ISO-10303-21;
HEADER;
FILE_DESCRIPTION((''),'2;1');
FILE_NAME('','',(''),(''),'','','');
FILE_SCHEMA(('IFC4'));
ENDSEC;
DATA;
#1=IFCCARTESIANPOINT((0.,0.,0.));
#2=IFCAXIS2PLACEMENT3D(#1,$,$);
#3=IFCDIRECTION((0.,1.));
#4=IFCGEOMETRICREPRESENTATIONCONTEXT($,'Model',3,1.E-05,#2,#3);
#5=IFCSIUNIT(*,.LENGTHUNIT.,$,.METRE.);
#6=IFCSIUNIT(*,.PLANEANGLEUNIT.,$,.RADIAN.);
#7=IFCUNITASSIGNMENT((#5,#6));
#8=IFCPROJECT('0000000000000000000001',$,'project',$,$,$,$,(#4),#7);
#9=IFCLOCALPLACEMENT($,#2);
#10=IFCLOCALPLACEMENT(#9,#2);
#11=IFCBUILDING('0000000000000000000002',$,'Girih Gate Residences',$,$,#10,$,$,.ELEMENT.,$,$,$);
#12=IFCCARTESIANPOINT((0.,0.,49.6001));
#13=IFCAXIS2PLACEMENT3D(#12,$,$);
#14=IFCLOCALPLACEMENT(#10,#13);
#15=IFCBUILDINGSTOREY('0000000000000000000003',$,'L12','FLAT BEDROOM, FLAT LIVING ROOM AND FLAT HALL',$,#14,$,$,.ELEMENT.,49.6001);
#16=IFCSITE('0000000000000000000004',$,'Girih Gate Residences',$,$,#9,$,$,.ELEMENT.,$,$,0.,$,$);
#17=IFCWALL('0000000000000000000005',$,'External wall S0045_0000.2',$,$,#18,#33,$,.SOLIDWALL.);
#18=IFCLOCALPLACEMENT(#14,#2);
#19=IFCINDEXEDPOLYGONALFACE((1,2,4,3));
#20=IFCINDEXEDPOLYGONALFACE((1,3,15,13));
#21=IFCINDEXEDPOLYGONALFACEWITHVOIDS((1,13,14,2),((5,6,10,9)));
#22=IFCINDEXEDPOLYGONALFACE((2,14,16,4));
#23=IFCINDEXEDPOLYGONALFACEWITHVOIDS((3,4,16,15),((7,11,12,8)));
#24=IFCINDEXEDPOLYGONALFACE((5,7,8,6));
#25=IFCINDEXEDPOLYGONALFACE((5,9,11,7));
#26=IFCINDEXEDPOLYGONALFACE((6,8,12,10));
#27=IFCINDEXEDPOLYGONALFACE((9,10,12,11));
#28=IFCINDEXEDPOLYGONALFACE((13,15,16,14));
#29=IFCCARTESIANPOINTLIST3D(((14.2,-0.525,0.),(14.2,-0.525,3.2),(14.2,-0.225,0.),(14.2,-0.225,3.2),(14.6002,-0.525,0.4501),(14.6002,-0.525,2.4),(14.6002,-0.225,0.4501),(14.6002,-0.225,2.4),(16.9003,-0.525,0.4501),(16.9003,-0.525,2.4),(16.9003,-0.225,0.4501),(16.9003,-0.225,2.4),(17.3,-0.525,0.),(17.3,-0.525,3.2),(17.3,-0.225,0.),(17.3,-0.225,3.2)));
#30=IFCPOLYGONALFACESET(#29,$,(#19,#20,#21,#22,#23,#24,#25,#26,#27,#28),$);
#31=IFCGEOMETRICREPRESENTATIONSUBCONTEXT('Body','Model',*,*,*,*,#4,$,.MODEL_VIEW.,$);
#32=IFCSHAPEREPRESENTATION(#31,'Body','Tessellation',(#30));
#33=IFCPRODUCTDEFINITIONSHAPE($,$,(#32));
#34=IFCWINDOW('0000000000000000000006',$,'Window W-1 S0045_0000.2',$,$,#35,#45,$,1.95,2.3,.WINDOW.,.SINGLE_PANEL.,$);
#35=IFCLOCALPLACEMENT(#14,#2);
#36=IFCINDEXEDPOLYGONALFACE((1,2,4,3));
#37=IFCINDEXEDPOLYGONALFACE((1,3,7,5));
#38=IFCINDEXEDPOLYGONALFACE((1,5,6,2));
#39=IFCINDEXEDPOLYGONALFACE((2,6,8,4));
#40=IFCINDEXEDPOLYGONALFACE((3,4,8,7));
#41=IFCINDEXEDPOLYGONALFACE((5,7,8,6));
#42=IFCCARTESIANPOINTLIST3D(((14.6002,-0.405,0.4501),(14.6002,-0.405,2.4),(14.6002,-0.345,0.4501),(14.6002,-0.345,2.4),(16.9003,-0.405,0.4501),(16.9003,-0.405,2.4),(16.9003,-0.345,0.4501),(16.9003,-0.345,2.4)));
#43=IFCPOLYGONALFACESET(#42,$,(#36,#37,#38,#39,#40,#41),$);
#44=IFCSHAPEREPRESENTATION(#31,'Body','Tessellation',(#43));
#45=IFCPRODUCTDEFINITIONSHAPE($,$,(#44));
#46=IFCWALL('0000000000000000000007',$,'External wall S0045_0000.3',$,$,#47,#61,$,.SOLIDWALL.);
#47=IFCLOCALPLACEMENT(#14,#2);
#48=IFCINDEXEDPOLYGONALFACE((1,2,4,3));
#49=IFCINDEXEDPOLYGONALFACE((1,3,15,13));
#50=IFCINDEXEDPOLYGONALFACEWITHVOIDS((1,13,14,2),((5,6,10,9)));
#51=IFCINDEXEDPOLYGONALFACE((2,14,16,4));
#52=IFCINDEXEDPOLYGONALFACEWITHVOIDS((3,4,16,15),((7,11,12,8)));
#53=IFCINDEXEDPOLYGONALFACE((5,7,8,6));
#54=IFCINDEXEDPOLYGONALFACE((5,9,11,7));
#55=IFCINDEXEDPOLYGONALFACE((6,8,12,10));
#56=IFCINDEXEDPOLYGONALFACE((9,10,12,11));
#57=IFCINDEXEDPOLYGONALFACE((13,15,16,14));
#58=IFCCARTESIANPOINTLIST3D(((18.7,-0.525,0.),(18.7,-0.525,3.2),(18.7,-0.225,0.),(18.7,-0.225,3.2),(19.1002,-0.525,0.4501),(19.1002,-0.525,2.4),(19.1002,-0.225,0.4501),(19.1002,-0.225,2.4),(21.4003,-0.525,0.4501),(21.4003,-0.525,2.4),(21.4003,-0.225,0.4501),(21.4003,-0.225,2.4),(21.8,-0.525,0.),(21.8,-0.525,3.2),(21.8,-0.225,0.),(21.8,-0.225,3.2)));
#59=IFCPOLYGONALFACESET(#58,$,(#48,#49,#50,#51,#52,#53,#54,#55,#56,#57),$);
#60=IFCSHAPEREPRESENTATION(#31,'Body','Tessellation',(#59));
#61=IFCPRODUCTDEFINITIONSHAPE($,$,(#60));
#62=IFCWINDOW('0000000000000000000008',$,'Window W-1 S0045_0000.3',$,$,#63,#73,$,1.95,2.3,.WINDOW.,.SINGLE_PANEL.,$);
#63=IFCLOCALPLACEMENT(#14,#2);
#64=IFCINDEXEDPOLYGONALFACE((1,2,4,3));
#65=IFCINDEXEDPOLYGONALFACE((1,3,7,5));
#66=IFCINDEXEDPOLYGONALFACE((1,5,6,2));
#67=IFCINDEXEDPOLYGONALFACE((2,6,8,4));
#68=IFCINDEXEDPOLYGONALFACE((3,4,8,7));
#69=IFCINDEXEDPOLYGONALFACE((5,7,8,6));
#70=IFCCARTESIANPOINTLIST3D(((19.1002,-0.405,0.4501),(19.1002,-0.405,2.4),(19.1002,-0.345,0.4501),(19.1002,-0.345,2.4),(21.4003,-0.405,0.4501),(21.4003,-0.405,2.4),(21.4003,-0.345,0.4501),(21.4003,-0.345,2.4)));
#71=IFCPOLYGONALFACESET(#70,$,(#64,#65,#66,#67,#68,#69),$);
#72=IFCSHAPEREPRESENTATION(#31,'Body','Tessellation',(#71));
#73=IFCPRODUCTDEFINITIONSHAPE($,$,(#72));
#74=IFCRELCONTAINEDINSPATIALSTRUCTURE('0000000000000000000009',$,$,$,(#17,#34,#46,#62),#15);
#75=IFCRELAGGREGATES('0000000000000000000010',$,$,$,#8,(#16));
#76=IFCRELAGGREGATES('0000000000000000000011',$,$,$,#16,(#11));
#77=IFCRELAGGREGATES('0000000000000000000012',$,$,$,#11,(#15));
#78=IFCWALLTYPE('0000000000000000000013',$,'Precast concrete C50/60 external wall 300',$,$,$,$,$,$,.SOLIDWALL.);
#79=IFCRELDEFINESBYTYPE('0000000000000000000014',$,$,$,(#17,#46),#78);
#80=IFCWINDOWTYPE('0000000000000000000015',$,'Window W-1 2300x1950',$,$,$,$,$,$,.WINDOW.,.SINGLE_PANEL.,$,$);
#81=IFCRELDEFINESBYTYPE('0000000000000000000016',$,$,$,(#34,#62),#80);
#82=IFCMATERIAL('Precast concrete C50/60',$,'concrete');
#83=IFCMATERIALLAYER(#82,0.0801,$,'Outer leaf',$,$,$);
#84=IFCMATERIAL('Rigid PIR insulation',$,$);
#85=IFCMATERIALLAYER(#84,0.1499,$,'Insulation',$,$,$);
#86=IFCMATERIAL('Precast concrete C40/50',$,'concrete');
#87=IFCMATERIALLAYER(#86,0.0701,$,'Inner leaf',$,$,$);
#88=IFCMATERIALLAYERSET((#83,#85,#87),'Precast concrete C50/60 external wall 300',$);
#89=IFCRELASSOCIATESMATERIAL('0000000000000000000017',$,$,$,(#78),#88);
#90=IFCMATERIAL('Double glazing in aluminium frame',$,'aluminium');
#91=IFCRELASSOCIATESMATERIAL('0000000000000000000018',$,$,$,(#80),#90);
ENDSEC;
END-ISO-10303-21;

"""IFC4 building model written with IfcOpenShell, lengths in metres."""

from ifc_helpers import new_model, si_unit, direction, frame, frame_2d, origin, place, context, subcontext, project, spatial, rectangle, extrude, material, layer, layer_set, type_object, element, fill, save


model = new_model("IFC4")

# Units and contexts
model_context = context("Model", 3, precision=1e-05, world=origin(), true_north=direction((0.0, 1.0)))
body_context = subcontext(model_context, "Body", "Model", "MODEL_VIEW")
ifc_project = project(units=[si_unit("LENGTHUNIT", "METRE"), si_unit("PLANEANGLEUNIT", "RADIAN")], contexts=[model_context])

# Site, building, storey
site_placement = place(None, origin())
site = spatial("IfcSite", under=ifc_project, at=site_placement, Name="Girih Gate Residences", CompositionType="ELEMENT", RefElevation=0.0)
building_placement = place(site_placement, origin())
building = spatial("IfcBuilding", under=site, at=building_placement, Name="Girih Gate Residences", CompositionType="ELEMENT")
storey_placement = place(building_placement, frame((0.0, 0.0, 49.6001)))
storey = spatial("IfcBuildingStorey", under=building, at=storey_placement, Name="L12", Description="FLAT BEDROOM, FLAT LIVING ROOM AND FLAT HALL", CompositionType="ELEMENT", Elevation=49.6001)

# Walls, openings, windows
ifc_material_1 = material(Name="Precast concrete C50/60", Category="concrete")
ifc_layer_1 = layer(ifc_material_1, 0.0801, Name="Outer leaf")
ifc_material_2 = material(Name="Rigid PIR insulation")
ifc_layer_2 = layer(ifc_material_2, 0.1499, Name="Insulation")
ifc_material_3 = material(Name="Precast concrete C40/50", Category="concrete")
ifc_layer_3 = layer(ifc_material_3, 0.0701, Name="Inner leaf")
ifc_layer_set_1 = layer_set([ifc_layer_1, ifc_layer_2, ifc_layer_3], Name="Precast concrete C50/60 external wall 300")
wall_type_1 = type_object("IfcWallType", Name="Precast concrete C50/60 external wall 300", PredefinedType="SOLIDWALL", material=ifc_layer_set_1)
wall_1_placement = place(storey_placement, frame((17.3, -0.375, 0.0), z_axis=(0.0, 0.0, 1.0), x_axis=(-1.0, 0.0, 0.0)))
wall_1 = element("IfcWall", 1, at=wall_1_placement, inside=storey, type_object=wall_type_1, Name="External wall S0045_0000.2", PredefinedType="SOLIDWALL", context=body_context, shape_type="SweptSolid", body=[
    extrude(rectangle(XDim=3.1001, YDim=0.3, at=frame_2d((1.55, 0.0))), origin(), (0.0, 0.0, 1.0), 3.2),
])
opening_1_placement = place(wall_1_placement, frame((0.3999, 0.0, 0.45)))
opening_1 = element("IfcOpeningElement", 2, at=opening_1_placement, cuts=wall_1, PredefinedType="OPENING", context=body_context, shape_type="SweptSolid", body=[
    extrude(rectangle(XDim=2.3, YDim=1.95, at=frame_2d((1.1499, 0.9751))), frame((0.0, 0.1599, 0.0), z_axis=(0.0, -1.0, 0.0), x_axis=(1.0, 0.0, 0.0)), (0.0, 0.0, 1.0), 0.3201),
])
ifc_material_4 = material(Name="Double glazing in aluminium frame", Category="aluminium")
window_type = type_object("IfcWindowType", Name="Window W-1 2300x1950", PartitioningType="SINGLE_PANEL", PredefinedType="WINDOW", material=ifc_material_4)
window_1_placement = place(opening_1_placement, origin())
window_1 = element("IfcWindow", 3, at=window_1_placement, inside=storey, type_object=window_type, Name="Window W-1 S0045_0000.2", OverallHeight=1.95, OverallWidth=2.3, PartitioningType="SINGLE_PANEL", PredefinedType="WINDOW", context=body_context, shape_type="SweptSolid", body=[
    extrude(rectangle(XDim=2.3, YDim=1.95, at=frame_2d((1.1499, 0.9751))), frame((0.0, 0.03, 0.0), z_axis=(0.0, -1.0, 0.0), x_axis=(1.0, 0.0, 0.0)), (0.0, 0.0, 1.0), 0.0601),
])
fill(opening_1, window_1)
wall_2_placement = place(storey_placement, frame((21.8, -0.375, 0.0), z_axis=(0.0, 0.0, 1.0), x_axis=(-1.0, 0.0, 0.0)))
wall_2 = element("IfcWall", 4, at=wall_2_placement, inside=storey, type_object=wall_type_1, Name="External wall S0045_0000.3", PredefinedType="SOLIDWALL", context=body_context, shape_type="SweptSolid", body=[
    extrude(rectangle(XDim=3.1001, YDim=0.3, at=frame_2d((1.55, 0.0))), origin(), (0.0, 0.0, 1.0), 3.2),
])
opening_2_placement = place(wall_2_placement, frame((0.3999, 0.0, 0.45)))
opening_2 = element("IfcOpeningElement", 5, at=opening_2_placement, cuts=wall_2, PredefinedType="OPENING", context=body_context, shape_type="SweptSolid", body=[
    extrude(rectangle(XDim=2.3, YDim=1.95, at=frame_2d((1.1499, 0.9751))), frame((0.0, 0.1599, 0.0), z_axis=(0.0, -1.0, 0.0), x_axis=(1.0, 0.0, 0.0)), (0.0, 0.0, 1.0), 0.3201),
])
window_2_placement = place(opening_2_placement, origin())
window_2 = element("IfcWindow", 6, at=window_2_placement, inside=storey, type_object=window_type, Name="Window W-1 S0045_0000.3", OverallHeight=1.95, OverallWidth=2.3, PartitioningType="SINGLE_PANEL", PredefinedType="WINDOW", context=body_context, shape_type="SweptSolid", body=[
    extrude(rectangle(XDim=2.3, YDim=1.95, at=frame_2d((1.1499, 0.9751))), frame((0.0, 0.03, 0.0), z_axis=(0.0, -1.0, 0.0), x_axis=(1.0, 0.0, 0.0)), (0.0, 0.0, 1.0), 0.0601),
])
fill(opening_2, window_2)

save(model, "model.ifc")
